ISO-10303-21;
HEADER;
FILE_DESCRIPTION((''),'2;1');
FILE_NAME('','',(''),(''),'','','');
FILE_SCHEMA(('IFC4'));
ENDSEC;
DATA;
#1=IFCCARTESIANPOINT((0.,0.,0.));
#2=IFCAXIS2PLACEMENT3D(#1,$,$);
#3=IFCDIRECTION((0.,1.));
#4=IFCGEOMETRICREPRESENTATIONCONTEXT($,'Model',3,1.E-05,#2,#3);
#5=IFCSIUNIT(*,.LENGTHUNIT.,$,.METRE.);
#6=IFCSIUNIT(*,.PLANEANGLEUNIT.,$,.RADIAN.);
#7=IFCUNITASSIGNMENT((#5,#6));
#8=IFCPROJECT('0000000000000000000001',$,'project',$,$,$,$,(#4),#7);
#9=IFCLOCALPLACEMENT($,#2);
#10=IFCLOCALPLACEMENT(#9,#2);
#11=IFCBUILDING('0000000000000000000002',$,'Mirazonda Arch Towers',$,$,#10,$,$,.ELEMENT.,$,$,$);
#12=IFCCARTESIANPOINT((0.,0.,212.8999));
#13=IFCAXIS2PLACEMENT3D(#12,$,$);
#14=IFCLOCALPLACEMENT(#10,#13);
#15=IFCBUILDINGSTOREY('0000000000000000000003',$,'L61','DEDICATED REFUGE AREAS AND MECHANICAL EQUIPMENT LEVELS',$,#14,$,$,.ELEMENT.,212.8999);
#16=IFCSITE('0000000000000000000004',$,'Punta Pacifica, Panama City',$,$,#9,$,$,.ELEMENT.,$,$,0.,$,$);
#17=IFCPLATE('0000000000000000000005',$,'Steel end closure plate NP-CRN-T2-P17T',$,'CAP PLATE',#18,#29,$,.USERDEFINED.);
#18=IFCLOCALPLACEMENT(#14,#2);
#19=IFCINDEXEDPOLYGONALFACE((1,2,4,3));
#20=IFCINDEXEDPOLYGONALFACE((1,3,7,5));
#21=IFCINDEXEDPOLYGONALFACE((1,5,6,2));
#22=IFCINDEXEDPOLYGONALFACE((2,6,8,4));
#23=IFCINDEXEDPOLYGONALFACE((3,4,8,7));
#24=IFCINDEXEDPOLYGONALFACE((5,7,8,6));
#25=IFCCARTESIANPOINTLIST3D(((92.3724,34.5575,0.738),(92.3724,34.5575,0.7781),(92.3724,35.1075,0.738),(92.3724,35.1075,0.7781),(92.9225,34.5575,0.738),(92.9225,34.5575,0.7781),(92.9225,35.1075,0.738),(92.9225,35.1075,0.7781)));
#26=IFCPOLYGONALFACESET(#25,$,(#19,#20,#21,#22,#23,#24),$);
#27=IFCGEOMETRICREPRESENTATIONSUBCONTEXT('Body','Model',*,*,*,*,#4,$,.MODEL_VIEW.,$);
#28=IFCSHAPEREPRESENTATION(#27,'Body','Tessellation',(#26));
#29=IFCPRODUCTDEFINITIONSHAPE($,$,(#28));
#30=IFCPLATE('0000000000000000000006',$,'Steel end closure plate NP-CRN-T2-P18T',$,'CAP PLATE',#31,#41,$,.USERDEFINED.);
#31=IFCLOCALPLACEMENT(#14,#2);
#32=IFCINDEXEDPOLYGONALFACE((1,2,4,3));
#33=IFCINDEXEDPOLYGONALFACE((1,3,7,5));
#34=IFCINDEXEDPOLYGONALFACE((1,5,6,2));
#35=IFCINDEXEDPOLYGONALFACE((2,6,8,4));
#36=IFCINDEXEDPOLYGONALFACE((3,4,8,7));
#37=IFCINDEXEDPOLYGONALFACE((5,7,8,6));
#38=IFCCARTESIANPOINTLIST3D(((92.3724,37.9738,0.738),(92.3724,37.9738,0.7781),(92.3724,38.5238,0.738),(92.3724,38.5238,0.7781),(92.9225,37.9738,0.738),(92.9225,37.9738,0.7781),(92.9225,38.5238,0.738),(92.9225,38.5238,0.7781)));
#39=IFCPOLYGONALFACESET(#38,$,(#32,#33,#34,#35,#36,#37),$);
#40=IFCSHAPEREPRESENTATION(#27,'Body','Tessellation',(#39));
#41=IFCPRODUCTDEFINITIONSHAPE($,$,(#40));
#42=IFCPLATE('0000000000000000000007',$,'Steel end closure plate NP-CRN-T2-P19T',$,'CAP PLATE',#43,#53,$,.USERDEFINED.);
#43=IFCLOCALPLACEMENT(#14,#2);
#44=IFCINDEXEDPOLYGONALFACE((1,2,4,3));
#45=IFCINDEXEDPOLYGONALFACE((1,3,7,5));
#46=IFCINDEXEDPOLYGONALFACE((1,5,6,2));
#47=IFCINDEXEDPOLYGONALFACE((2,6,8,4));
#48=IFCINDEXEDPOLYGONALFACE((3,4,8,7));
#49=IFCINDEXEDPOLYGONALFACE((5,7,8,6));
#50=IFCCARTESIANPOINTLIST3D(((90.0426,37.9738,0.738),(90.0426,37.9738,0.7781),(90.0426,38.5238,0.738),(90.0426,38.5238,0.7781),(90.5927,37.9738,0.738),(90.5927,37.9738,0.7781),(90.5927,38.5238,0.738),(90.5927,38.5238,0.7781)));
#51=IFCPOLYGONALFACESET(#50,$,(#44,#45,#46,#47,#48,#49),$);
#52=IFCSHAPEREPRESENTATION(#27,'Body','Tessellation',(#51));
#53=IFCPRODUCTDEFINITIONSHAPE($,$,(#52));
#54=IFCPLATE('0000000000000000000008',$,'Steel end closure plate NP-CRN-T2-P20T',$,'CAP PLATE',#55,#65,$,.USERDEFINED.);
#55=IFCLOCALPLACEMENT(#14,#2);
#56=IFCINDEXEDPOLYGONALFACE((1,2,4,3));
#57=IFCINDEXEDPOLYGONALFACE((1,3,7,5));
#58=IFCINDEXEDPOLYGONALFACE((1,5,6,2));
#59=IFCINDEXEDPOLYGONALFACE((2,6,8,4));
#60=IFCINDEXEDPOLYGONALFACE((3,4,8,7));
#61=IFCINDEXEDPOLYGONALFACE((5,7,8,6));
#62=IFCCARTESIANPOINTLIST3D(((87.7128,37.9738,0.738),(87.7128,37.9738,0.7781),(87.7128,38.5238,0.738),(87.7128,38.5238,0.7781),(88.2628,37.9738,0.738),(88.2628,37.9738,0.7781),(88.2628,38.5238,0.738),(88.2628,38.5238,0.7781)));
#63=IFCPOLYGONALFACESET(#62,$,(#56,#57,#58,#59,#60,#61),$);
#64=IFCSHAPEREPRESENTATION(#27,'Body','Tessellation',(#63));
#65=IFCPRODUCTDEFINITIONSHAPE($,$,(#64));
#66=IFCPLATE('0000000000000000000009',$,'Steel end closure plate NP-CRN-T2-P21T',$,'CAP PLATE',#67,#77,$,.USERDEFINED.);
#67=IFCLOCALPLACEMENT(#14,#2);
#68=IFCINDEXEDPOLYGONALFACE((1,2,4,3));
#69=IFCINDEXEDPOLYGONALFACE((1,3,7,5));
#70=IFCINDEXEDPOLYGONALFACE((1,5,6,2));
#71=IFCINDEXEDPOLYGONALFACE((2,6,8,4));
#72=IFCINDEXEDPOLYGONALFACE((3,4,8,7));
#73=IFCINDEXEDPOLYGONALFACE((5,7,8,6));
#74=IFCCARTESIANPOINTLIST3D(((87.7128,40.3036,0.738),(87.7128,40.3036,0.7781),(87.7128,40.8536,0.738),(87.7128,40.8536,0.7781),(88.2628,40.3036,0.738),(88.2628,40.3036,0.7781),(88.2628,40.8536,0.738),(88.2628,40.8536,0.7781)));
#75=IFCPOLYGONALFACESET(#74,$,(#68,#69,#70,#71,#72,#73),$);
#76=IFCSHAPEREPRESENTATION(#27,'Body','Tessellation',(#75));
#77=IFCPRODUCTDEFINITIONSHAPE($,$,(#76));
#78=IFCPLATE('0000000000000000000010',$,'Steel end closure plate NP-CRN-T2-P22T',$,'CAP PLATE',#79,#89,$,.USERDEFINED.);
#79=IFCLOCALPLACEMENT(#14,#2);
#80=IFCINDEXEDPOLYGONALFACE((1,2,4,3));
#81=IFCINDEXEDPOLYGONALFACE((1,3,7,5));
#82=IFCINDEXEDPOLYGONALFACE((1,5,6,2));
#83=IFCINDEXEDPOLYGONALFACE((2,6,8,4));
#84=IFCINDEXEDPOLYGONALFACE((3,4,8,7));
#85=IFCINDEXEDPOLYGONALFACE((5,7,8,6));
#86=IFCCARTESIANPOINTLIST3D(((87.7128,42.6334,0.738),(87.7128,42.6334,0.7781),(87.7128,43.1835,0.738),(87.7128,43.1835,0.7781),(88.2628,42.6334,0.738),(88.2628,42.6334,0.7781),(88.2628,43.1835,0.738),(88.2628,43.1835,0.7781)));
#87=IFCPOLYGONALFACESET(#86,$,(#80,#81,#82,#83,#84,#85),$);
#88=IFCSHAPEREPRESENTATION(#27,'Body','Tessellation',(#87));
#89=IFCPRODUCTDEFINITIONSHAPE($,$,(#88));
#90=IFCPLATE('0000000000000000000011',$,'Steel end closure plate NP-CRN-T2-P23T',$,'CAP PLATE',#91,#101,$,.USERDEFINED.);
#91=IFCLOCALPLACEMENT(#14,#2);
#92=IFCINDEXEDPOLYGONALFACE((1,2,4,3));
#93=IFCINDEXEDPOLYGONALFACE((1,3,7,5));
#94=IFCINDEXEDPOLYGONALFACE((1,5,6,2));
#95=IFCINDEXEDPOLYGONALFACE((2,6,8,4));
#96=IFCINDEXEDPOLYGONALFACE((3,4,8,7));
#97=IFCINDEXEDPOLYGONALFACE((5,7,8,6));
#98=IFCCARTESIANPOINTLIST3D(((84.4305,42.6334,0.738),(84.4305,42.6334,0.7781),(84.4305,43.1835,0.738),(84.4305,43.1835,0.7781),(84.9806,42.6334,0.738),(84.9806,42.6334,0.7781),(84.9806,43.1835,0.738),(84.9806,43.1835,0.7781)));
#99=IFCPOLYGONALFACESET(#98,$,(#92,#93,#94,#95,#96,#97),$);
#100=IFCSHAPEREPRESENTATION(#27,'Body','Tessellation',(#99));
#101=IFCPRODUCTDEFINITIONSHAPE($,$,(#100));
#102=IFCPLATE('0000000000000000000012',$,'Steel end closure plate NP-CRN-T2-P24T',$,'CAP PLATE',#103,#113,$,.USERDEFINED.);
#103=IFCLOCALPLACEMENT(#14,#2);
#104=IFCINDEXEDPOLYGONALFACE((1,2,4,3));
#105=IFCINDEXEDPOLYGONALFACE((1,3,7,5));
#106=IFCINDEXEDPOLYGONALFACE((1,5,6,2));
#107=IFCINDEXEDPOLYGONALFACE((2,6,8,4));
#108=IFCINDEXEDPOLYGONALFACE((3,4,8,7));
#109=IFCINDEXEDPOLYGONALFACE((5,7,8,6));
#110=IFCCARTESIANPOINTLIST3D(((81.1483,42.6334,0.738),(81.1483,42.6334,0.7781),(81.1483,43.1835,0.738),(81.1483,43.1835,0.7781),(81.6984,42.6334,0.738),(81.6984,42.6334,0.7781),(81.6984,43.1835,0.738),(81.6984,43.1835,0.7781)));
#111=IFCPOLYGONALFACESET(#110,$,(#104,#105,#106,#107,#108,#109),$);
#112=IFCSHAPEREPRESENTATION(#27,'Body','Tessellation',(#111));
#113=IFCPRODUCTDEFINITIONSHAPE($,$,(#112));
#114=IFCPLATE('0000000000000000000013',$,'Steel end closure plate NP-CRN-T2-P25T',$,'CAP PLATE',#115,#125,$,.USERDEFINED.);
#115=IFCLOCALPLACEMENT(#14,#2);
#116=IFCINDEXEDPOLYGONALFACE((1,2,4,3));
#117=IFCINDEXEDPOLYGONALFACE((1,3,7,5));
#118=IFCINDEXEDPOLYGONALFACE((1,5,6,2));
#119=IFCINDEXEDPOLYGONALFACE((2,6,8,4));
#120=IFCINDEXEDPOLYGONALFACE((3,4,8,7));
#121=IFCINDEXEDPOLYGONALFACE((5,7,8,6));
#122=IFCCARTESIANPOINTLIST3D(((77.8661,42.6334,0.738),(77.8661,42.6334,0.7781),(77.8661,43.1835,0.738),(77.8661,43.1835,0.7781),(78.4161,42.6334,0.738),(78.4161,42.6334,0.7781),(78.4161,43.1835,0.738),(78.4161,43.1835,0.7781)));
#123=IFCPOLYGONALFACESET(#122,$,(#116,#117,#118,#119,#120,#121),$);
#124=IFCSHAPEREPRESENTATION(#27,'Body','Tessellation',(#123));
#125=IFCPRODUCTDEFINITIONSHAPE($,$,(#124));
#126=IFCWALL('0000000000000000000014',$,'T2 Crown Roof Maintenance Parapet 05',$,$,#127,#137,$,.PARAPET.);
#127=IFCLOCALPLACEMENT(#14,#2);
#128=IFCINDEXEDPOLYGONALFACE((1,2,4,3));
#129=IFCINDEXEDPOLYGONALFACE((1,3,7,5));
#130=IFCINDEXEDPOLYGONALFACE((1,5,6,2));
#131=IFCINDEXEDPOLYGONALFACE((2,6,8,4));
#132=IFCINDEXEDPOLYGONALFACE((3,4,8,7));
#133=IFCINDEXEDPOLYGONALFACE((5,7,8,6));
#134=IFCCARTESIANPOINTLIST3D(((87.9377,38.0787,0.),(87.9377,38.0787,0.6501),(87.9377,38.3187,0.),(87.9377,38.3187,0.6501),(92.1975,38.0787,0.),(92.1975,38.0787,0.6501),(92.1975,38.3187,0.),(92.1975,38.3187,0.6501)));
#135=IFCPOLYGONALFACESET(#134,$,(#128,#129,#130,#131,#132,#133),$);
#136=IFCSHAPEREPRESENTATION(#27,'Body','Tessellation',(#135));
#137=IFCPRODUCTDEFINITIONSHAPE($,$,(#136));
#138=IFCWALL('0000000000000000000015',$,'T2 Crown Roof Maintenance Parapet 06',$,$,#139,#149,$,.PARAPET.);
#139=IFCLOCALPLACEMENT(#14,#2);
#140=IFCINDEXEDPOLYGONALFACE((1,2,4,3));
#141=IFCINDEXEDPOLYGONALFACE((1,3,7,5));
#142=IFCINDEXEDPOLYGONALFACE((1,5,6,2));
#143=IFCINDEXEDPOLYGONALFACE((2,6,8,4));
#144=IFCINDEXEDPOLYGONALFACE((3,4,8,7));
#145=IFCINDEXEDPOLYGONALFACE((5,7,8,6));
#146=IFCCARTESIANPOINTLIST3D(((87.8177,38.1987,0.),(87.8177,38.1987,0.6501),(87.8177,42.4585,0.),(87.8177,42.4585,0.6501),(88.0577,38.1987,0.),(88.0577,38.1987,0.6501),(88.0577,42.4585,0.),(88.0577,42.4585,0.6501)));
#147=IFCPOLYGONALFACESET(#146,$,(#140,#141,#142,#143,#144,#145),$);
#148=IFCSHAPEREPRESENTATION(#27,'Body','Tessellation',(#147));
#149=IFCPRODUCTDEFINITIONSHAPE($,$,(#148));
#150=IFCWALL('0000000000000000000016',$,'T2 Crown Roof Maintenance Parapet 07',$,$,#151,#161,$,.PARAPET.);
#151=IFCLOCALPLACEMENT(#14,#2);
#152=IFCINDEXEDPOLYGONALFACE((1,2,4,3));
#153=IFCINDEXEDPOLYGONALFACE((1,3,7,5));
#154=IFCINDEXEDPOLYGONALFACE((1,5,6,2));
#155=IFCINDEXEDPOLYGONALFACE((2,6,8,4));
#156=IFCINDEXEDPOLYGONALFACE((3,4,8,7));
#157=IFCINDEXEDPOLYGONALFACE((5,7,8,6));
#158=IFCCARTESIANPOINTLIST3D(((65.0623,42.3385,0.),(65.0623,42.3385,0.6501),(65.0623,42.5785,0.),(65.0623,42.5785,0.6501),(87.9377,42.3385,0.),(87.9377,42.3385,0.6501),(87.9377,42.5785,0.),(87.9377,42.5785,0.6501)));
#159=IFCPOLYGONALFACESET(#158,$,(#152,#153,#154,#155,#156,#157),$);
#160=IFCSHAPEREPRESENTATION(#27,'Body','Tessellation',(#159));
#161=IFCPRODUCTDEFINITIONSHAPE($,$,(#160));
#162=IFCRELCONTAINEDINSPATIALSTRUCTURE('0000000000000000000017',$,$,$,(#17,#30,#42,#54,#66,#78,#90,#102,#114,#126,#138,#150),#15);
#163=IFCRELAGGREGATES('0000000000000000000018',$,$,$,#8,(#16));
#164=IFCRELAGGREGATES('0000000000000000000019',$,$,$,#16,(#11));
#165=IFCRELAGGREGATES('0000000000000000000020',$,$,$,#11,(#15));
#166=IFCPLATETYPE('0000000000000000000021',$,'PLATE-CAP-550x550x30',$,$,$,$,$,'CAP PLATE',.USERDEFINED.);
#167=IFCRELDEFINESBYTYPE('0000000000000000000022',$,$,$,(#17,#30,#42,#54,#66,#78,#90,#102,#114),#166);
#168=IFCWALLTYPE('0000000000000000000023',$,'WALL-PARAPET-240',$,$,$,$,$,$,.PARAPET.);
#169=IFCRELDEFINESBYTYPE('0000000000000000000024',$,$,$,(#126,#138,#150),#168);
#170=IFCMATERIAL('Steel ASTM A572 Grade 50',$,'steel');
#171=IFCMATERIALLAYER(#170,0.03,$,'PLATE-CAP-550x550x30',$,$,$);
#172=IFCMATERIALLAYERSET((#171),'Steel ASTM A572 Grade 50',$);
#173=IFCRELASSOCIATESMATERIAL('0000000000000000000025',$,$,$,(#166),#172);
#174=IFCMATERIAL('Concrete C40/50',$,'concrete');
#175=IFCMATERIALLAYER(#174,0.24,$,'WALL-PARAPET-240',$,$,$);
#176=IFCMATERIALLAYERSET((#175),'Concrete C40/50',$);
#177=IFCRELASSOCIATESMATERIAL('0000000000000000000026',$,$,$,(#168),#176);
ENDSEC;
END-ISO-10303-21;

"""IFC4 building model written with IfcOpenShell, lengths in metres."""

from ifc_helpers import new_model, si_unit, direction, frame, frame_2d, origin, origin_2d, place, context, subcontext, project, spatial, rectangle, extrude, material, layer, layer_set, type_object, element, save


model = new_model("IFC4")

# Units and contexts
model_context = context("Model", 3, precision=1e-05, world=origin(), true_north=direction((0.0, 1.0)))
body_context = subcontext(model_context, "Body", "Model", "MODEL_VIEW")
ifc_project = project(units=[si_unit("LENGTHUNIT", "METRE"), si_unit("PLANEANGLEUNIT", "RADIAN")], contexts=[model_context])

# Site, building, storey
site_placement = place(None, origin())
site = spatial("IfcSite", under=ifc_project, at=site_placement, Name="Punta Pacifica, Panama City", CompositionType="ELEMENT", RefElevation=0.0)
building_placement = place(site_placement, origin())
building = spatial("IfcBuilding", under=site, at=building_placement, Name="Mirazonda Arch Towers", CompositionType="ELEMENT")
storey_placement = place(building_placement, frame((0.0, 0.0, 212.8999)))
storey = spatial("IfcBuildingStorey", under=building, at=storey_placement, Name="L61", Description="DEDICATED REFUGE AREAS AND MECHANICAL EQUIPMENT LEVELS", CompositionType="ELEMENT", Elevation=212.8999)

# Shared definitions
ifc_material_1 = material(Name="Steel ASTM A572 Grade 50", Category="steel")

# Plates
ifc_layer_1 = layer(ifc_material_1, 0.03, Name="PLATE-CAP-550x550x30")
ifc_layer_set_1 = layer_set([ifc_layer_1], Name="Steel ASTM A572 Grade 50")
plate_type = type_object("IfcPlateType", Name="PLATE-CAP-550x550x30", ElementType="CAP PLATE", PredefinedType="USERDEFINED", material=ifc_layer_set_1)
for number, where, z_axis, x_axis, name in (
    (1, (92.6475, 34.8325, 0.738), (0.0, 0.0, 1.0), (1.0, 0.0, 0.0), "Steel end closure plate NP-CRN-T2-P17T"),
    (2, (92.6475, 38.2488, 0.738), (0.0, 0.0, 1.0), (1.0, 0.0, 0.0), "Steel end closure plate NP-CRN-T2-P18T"),
    (3, (90.3176, 38.2488, 0.738), (0.0, 0.0, 1.0), (1.0, 0.0, 0.0), "Steel end closure plate NP-CRN-T2-P19T"),
    (4, (87.9878, 38.2488, 0.738), (0.0, 0.0, 1.0), (1.0, 0.0, 0.0), "Steel end closure plate NP-CRN-T2-P20T"),
    (5, (87.9878, 40.5786, 0.738), (0.0, 0.0, 1.0), (1.0, 0.0, 0.0), "Steel end closure plate NP-CRN-T2-P21T"),
    (6, (87.9878, 42.9084, 0.738), (0.0, 0.0, 1.0), (1.0, 0.0, 0.0), "Steel end closure plate NP-CRN-T2-P22T"),
    (7, (84.7056, 42.9084, 0.738), (0.0, 0.0, 1.0), (1.0, 0.0, 0.0), "Steel end closure plate NP-CRN-T2-P23T"),
    (8, (81.4233, 42.9084, 0.738), (0.0, 0.0, 1.0), (1.0, 0.0, 0.0), "Steel end closure plate NP-CRN-T2-P24T"),
    (9, (78.1411, 42.9084, 0.738), (0.0, 0.0, 1.0), (1.0, 0.0, 0.0), "Steel end closure plate NP-CRN-T2-P25T"),
):
    element("IfcPlate", number, at=place(storey_placement, frame(where, z_axis=z_axis, x_axis=x_axis)), inside=storey, type_object=plate_type, Name=name, ObjectType="CAP PLATE", PredefinedType="USERDEFINED", context=body_context, shape_type="SweptSolid", body=[
        extrude(rectangle(XDim=0.55, YDim=0.55, at=origin_2d()), origin(), (0.0, 0.0, 1.0), 0.04),
    ])

# Walls
ifc_material_2 = material(Name="Concrete C40/50", Category="concrete")
ifc_layer_2 = layer(ifc_material_2, 0.24, Name="WALL-PARAPET-240")
ifc_layer_set_2 = layer_set([ifc_layer_2], Name="Concrete C40/50")
wall_type = type_object("IfcWallType", Name="WALL-PARAPET-240", PredefinedType="PARAPET", material=ifc_layer_set_2)
for number, where, z_axis, x_axis, name in (
    (10, (92.1975, 38.1987, 0.0), (0.0, 0.0, 1.0), (-1.0, 0.0, 0.0), "T2 Crown Roof Maintenance Parapet 05"),
    (11, (87.9377, 38.1987, 0.0), (0.0, 0.0, 1.0), (0.0, 1.0, 0.0), "T2 Crown Roof Maintenance Parapet 06"),
):
    element("IfcWall", number, at=place(storey_placement, frame(where, z_axis=z_axis, x_axis=x_axis)), inside=storey, type_object=wall_type, Name=name, PredefinedType="PARAPET", context=body_context, shape_type="SweptSolid", body=[
        extrude(rectangle(XDim=4.2598, YDim=0.24, at=frame_2d((2.1299, 0.0))), origin(), (0.0, 0.0, 1.0), 0.6501),
    ])
wall_placement = place(storey_placement, frame((87.9377, 42.4585, 0.0), z_axis=(0.0, 0.0, 1.0), x_axis=(-1.0, 0.0, 0.0)))
element("IfcWall", 12, at=wall_placement, inside=storey, type_object=wall_type, Name="T2 Crown Roof Maintenance Parapet 07", PredefinedType="PARAPET", context=body_context, shape_type="SweptSolid", body=[
    extrude(rectangle(XDim=22.8755, YDim=0.24, at=frame_2d((11.4377, 0.0))), origin(), (0.0, 0.0, 1.0), 0.6501),
])

save(model, "model.ifc")
